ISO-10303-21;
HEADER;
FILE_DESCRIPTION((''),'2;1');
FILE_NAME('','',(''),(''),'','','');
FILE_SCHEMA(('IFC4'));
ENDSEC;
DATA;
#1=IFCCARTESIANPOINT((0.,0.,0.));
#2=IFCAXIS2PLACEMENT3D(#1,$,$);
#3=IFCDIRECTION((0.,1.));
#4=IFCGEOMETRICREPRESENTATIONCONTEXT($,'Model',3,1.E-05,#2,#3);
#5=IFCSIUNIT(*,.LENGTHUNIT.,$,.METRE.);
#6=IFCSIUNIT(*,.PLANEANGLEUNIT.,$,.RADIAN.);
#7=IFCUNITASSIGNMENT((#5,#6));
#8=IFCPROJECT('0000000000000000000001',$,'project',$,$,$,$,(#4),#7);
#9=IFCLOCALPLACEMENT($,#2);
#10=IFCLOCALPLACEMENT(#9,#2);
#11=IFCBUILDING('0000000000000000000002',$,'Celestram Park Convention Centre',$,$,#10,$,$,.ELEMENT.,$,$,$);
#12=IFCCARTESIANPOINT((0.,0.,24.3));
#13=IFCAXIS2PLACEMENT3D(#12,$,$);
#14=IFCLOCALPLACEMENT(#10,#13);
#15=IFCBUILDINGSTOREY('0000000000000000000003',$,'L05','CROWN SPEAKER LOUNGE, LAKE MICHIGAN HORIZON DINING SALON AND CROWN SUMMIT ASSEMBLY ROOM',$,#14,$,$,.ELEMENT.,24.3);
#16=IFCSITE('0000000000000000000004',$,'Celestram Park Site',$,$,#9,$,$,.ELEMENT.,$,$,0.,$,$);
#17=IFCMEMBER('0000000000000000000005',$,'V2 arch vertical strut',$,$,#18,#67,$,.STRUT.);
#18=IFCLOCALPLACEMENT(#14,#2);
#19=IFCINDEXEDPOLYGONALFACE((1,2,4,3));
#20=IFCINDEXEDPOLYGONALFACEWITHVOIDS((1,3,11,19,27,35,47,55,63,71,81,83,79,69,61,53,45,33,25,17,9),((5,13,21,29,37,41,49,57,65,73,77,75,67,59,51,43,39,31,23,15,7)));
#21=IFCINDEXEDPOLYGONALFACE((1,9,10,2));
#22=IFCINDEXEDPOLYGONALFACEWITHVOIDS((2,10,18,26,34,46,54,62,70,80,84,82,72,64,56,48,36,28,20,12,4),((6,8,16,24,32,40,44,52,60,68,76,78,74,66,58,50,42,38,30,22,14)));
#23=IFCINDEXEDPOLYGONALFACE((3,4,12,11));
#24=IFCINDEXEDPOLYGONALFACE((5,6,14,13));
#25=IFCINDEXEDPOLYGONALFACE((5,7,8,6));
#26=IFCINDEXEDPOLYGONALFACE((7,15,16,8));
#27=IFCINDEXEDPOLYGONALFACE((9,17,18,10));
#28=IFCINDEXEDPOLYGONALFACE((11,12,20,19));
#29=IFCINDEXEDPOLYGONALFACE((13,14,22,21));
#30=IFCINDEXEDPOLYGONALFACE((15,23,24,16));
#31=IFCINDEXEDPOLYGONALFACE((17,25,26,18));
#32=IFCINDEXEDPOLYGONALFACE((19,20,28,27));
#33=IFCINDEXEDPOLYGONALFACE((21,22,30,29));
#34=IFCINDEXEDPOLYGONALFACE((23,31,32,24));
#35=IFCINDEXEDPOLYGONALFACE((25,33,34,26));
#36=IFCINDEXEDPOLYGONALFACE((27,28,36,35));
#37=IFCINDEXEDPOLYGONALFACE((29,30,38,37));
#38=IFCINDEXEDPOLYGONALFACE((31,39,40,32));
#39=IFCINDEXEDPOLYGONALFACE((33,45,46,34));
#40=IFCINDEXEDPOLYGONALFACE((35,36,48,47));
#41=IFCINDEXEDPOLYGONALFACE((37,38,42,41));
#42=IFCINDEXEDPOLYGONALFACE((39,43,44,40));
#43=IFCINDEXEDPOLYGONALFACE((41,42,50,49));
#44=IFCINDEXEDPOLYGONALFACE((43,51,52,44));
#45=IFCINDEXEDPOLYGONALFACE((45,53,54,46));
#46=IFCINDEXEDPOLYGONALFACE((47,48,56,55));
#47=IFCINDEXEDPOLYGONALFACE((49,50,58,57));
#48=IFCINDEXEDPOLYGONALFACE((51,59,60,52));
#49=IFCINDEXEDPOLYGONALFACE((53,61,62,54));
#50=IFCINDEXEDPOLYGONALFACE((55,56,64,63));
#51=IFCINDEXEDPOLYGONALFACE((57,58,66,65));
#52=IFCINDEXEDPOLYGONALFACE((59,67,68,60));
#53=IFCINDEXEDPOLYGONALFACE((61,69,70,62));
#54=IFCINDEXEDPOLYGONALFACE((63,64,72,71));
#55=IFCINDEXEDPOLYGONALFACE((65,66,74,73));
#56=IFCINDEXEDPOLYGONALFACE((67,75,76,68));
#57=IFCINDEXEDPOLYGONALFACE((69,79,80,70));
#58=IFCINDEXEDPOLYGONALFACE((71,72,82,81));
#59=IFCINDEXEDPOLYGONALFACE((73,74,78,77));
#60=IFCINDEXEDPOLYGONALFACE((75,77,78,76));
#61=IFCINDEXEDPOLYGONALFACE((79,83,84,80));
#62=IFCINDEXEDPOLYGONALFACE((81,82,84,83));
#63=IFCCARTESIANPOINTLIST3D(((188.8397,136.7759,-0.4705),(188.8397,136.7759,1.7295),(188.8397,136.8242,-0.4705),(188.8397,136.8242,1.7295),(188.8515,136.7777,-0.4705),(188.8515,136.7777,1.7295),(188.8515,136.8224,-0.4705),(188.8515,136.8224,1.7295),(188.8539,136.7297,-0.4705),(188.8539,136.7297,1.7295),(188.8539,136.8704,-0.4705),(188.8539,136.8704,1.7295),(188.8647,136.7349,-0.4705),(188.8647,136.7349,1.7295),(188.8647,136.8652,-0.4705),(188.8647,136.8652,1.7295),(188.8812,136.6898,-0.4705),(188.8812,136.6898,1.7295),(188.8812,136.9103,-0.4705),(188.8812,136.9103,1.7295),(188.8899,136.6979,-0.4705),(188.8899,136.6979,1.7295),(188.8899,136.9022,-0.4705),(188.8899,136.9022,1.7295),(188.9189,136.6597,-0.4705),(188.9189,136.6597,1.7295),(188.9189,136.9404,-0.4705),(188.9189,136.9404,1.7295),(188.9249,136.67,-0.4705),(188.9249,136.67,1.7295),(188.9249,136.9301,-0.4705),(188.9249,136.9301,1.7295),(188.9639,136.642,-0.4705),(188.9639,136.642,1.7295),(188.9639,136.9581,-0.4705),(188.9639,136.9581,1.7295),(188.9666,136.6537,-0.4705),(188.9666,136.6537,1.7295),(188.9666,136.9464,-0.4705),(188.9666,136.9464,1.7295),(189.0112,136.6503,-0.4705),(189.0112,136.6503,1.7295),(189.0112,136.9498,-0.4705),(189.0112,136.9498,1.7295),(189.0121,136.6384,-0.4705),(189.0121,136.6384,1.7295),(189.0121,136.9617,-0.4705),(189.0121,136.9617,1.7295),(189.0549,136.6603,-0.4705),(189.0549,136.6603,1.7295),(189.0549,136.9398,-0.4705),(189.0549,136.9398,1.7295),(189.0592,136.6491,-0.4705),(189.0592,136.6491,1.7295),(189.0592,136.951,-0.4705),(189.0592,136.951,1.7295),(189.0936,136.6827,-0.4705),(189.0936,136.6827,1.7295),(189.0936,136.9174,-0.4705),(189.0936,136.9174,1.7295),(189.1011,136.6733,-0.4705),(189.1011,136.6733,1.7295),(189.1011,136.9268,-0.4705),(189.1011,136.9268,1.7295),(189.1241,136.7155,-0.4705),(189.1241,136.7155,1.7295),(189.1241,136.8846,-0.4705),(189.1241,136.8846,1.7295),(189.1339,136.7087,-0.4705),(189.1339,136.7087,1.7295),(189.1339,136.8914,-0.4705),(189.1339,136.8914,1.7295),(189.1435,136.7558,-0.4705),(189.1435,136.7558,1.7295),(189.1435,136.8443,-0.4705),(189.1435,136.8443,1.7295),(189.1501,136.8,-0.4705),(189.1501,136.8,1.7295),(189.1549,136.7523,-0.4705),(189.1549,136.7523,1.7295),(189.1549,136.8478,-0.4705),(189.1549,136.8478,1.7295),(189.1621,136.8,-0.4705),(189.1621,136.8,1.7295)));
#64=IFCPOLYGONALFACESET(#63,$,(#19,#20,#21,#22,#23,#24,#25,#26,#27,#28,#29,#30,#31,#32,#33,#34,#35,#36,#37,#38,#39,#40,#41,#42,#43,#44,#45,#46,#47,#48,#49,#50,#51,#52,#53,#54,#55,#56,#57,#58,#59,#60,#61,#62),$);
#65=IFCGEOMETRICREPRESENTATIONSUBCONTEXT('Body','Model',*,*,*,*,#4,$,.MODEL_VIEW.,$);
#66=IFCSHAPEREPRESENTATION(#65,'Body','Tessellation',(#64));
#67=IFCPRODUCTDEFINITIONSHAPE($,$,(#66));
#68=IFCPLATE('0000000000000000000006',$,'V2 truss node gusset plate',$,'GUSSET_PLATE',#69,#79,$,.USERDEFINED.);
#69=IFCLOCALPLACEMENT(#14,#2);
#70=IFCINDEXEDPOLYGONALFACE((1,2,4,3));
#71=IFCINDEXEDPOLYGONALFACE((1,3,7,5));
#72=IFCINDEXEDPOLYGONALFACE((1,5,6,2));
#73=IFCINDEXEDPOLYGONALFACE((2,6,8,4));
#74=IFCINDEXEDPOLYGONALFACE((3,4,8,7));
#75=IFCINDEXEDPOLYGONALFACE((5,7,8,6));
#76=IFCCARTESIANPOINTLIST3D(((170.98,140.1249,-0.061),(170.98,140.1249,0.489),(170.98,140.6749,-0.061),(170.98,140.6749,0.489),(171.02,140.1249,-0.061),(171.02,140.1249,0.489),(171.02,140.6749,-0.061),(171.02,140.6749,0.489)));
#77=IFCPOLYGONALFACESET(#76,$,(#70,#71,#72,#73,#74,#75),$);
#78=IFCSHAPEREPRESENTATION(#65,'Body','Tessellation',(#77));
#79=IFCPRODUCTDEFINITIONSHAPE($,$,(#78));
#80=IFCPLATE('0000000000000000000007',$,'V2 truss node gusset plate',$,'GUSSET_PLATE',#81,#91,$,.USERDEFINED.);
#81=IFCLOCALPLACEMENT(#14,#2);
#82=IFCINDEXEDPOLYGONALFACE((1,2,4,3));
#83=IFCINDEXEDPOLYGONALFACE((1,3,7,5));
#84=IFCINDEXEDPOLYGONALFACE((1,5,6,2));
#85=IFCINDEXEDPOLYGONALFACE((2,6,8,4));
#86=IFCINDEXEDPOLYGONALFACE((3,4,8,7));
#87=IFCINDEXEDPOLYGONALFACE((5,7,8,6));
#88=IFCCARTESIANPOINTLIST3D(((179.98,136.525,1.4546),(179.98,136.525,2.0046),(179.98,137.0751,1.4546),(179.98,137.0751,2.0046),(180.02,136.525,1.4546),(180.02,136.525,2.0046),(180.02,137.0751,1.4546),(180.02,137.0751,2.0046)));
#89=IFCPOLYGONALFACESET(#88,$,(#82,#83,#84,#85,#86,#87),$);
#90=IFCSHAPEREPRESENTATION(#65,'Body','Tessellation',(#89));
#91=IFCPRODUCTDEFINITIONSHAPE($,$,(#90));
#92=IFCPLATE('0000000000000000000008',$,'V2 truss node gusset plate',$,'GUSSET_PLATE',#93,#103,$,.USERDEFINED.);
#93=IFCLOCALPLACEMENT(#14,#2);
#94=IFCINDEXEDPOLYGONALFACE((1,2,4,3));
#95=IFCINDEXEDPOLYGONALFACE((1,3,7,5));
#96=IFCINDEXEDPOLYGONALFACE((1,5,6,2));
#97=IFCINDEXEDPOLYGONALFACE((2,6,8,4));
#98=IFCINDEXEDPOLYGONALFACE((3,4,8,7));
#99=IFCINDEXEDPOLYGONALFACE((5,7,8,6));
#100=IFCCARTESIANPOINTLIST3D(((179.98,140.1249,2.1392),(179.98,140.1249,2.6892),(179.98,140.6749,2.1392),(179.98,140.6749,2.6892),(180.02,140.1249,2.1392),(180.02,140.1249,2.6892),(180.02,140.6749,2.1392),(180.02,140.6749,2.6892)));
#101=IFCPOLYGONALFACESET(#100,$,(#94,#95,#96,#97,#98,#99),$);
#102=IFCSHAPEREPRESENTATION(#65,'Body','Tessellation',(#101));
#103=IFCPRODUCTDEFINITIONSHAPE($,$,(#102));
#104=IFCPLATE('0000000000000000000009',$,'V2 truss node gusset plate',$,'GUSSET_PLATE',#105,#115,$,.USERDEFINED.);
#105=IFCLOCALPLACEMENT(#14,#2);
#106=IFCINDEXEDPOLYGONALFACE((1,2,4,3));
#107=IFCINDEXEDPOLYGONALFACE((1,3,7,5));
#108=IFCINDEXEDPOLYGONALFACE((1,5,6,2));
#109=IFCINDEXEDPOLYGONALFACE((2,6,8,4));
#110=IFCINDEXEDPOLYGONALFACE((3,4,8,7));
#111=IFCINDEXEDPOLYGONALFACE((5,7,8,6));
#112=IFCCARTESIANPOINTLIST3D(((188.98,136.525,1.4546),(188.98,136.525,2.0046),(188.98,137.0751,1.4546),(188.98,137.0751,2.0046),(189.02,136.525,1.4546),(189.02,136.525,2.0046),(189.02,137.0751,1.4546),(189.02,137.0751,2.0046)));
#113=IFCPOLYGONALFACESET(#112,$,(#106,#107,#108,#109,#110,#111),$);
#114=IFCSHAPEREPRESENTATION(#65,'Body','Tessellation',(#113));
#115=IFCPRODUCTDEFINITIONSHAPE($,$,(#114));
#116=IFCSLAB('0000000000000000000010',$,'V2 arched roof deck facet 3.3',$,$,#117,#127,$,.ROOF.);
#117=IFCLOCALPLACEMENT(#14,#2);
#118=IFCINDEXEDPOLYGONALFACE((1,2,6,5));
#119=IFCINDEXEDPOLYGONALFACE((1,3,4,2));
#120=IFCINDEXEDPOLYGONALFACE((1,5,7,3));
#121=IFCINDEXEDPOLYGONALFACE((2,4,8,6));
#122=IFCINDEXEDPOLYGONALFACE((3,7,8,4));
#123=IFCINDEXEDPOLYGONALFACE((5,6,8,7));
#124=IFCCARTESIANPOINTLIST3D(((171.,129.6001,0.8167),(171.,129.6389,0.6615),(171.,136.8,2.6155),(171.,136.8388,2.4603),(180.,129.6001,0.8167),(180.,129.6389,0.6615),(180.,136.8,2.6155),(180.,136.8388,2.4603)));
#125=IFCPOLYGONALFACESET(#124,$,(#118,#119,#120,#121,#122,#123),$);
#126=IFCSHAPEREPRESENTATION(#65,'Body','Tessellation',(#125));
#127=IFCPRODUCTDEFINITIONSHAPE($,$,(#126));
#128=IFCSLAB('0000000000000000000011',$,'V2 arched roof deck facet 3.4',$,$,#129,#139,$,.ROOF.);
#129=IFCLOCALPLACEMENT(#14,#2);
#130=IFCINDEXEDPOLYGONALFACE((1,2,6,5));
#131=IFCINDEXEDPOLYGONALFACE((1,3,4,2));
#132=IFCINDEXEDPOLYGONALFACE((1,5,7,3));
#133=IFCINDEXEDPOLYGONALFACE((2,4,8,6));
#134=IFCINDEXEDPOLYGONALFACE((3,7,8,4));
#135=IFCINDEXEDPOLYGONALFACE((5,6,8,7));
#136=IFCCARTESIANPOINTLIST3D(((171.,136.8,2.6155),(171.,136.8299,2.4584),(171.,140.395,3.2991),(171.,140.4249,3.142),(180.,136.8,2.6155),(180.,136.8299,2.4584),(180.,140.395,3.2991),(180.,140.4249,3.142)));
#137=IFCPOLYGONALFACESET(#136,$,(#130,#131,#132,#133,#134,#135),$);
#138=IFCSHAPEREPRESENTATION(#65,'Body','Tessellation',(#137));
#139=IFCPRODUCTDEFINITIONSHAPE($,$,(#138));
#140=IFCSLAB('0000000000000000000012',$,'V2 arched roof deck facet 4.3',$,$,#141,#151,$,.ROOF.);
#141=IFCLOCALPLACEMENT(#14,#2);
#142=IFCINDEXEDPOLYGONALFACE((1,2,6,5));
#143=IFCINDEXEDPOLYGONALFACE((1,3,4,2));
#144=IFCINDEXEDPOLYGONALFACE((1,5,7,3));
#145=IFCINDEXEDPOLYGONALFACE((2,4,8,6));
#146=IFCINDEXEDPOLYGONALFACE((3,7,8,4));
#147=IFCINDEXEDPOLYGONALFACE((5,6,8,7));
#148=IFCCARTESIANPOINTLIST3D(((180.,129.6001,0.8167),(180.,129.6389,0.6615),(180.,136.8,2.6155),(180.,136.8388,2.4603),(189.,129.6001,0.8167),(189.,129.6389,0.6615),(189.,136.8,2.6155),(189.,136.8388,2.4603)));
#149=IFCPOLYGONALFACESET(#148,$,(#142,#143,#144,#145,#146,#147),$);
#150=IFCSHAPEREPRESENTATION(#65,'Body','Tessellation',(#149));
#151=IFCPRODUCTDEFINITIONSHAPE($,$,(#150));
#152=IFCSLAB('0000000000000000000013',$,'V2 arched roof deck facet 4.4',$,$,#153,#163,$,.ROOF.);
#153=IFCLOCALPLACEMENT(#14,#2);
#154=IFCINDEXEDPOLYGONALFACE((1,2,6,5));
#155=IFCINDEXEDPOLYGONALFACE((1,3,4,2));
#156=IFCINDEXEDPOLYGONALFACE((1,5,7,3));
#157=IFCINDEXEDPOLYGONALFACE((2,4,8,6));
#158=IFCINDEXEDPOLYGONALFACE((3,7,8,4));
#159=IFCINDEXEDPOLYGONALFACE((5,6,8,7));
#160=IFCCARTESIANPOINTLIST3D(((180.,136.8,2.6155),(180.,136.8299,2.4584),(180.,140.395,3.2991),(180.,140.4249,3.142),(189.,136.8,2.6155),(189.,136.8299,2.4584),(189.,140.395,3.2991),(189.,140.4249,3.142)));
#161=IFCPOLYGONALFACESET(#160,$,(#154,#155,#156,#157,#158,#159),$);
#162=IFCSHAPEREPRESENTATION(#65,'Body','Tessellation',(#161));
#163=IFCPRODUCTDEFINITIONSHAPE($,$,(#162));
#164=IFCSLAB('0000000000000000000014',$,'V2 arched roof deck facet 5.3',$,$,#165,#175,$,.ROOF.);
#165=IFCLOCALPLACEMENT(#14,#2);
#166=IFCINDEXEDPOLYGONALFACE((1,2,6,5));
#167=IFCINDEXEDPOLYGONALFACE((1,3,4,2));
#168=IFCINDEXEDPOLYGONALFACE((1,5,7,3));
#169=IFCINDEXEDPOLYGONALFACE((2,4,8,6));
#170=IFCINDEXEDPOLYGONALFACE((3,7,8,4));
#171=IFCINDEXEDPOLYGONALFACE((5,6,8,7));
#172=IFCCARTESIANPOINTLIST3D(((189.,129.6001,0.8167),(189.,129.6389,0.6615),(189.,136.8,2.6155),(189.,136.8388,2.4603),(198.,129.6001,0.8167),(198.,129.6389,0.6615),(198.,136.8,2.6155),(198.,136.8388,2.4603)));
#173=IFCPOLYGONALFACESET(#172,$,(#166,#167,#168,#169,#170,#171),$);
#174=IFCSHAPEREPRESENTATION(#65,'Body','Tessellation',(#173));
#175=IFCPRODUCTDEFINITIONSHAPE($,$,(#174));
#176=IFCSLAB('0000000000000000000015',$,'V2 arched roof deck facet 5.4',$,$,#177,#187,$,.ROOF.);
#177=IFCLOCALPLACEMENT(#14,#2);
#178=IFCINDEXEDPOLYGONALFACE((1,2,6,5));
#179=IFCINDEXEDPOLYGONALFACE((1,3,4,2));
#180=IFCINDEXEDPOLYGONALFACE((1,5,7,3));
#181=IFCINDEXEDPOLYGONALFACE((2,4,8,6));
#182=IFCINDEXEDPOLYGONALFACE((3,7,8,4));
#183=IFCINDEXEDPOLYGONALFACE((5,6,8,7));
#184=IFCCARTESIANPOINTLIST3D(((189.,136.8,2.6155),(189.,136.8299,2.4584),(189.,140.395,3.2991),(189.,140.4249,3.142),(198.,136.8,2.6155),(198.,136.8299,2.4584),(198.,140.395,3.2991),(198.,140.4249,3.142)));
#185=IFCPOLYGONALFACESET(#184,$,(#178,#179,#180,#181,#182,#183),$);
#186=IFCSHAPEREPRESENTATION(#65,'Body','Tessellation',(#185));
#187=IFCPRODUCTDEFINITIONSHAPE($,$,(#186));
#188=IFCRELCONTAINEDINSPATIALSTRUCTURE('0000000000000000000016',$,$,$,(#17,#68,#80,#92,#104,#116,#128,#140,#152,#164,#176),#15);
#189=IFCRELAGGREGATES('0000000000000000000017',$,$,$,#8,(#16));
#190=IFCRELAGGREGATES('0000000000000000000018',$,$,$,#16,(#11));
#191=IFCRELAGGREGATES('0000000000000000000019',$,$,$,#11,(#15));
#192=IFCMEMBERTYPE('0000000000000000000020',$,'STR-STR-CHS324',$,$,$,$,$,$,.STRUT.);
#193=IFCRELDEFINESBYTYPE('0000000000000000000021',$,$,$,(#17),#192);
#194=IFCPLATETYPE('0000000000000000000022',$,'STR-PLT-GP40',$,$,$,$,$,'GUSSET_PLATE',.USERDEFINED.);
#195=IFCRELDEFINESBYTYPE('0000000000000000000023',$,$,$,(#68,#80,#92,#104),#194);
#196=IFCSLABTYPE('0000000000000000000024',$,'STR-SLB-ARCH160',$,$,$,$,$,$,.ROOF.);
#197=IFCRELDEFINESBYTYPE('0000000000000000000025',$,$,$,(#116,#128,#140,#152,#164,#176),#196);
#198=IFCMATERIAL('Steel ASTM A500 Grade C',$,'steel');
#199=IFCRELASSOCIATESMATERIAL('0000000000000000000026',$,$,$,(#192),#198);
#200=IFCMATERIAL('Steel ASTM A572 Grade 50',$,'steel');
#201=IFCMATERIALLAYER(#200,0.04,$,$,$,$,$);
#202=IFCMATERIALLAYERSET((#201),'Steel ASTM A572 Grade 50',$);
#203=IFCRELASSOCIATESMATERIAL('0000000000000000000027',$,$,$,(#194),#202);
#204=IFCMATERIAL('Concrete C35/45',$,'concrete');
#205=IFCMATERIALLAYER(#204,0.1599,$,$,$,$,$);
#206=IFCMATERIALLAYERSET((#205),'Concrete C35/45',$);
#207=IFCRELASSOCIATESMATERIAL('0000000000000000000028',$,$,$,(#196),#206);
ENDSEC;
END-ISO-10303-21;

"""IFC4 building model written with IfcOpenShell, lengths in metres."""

from ifc_helpers import new_model, si_unit, direction, frame, origin, origin_2d, place, context, subcontext, project, spatial, polyline, rectangle, hollow_circle, outline, extrude, material, layer, layer_set, material_profile, profile_set, type_object, element, save


model = new_model("IFC4")

# Units and contexts
model_context = context("Model", 3, precision=1e-05, world=origin(), true_north=direction((0.0, 1.0)))
body_context = subcontext(model_context, "Body", "Model", "MODEL_VIEW")
ifc_project = project(units=[si_unit("LENGTHUNIT", "METRE"), si_unit("PLANEANGLEUNIT", "RADIAN")], contexts=[model_context])

# Site, building, storey
site_placement = place(None, origin())
site = spatial("IfcSite", under=ifc_project, at=site_placement, Name="Celestram Park Site", CompositionType="ELEMENT", RefElevation=0.0)
building_placement = place(site_placement, origin())
building = spatial("IfcBuilding", under=site, at=building_placement, Name="Celestram Park Convention Centre", CompositionType="ELEMENT")
storey_placement = place(building_placement, frame((0.0, 0.0, 24.3)))
storey = spatial("IfcBuildingStorey", under=building, at=storey_placement, Name="L05", Description="CROWN SPEAKER LOUNGE, LAKE MICHIGAN HORIZON DINING SALON AND CROWN SUMMIT ASSEMBLY ROOM", CompositionType="ELEMENT", Elevation=24.3)

# Member
ifc_material_1 = material(Name="Steel ASTM A500 Grade C", Category="steel")
ifc_material_profile_1 = material_profile(ifc_material_1, hollow_circle(Radius=0.1621, WallThickness=0.012, at=origin_2d()), Name="CHS324X12")
ifc_profile_set_1 = profile_set([ifc_material_profile_1], Name="Steel ASTM A500 Grade C")
member_type_1 = type_object("IfcMemberType", Name="STR-STR-CHS324", PredefinedType="STRUT", material=ifc_profile_set_1)
member_1_placement = place(storey_placement, frame((189.0, 136.8, -0.4705), z_axis=(0.0, 0.0, 1.0), x_axis=(1.0, 0.0, 0.0)))
element("IfcMember", 1, at=member_1_placement, inside=storey, type_object=member_type_1, Name="V2 arch vertical strut", PredefinedType="STRUT", context=body_context, shape_type="SweptSolid", body=[
    extrude(hollow_circle(Radius=0.1621, WallThickness=0.012, at=origin_2d()), origin(), (0.0, 0.0, 1.0), 2.2),
])

# Plates
ifc_material_2 = material(Name="Steel ASTM A572 Grade 50", Category="steel")
ifc_layer_1 = layer(ifc_material_2, 0.04)
ifc_layer_set_1 = layer_set([ifc_layer_1], Name="Steel ASTM A572 Grade 50")
plate_type = type_object("IfcPlateType", Name="STR-PLT-GP40", ElementType="GUSSET_PLATE", PredefinedType="USERDEFINED", material=ifc_layer_set_1)
for number, where, z_axis, x_axis, name in (
    (2, (171.0, 140.3999, -0.061), (0.0, 0.0, 1.0), (0.0, 1.0, 0.0), "V2 truss node gusset plate"),
    (3, (180.0, 136.8, 1.4546), (0.0, 0.0, 1.0), (0.0, 1.0, 0.0), "V2 truss node gusset plate"),
    (4, (180.0, 140.3999, 2.1392), (0.0, 0.0, 1.0), (0.0, 1.0, 0.0), "V2 truss node gusset plate"),
    (5, (189.0, 136.8, 1.4546), (0.0, 0.0, 1.0), (0.0, 1.0, 0.0), "V2 truss node gusset plate"),
):
    element("IfcPlate", number, at=place(storey_placement, frame(where, z_axis=z_axis, x_axis=x_axis)), inside=storey, type_object=plate_type, Name=name, ObjectType="GUSSET_PLATE", PredefinedType="USERDEFINED", context=body_context, shape_type="SweptSolid", body=[
        extrude(rectangle(XDim=0.55, YDim=0.04, at=origin_2d()), origin(), (0.0, 0.0, 1.0), 0.55),
    ])

# Slabs
ifc_material_3 = material(Name="Concrete C35/45", Category="concrete")
ifc_layer_2 = layer(ifc_material_3, 0.1599)
ifc_layer_set_2 = layer_set([ifc_layer_2], Name="Concrete C35/45")
slab_type = type_object("IfcSlabType", Name="STR-SLB-ARCH160", PredefinedType="ROOF", material=ifc_layer_set_2)
slab_1_placement = place(storey_placement, frame((171.0, 129.6001, 0.8167), z_axis=(0.0, -0.242389, 0.970179), x_axis=(1.0, 0.0, 0.0)))
element("IfcSlab", 6, at=slab_1_placement, inside=storey, type_object=slab_type, Name="V2 arched roof deck facet 3.3", PredefinedType="ROOF", context=body_context, shape_type="SweptSolid", body=[
    extrude(outline(polyline([(0.0, 0.0), (9.0, 0.0), (9.0, 7.4213), (0.0, 7.4213), (0.0, 0.0)])), origin(), (0.0, 0.0, -1.0), 0.1599),
])
slab_2_placement = place(storey_placement, frame((171.0, 136.8, 2.6155), z_axis=(0.0, -0.186806, 0.982397), x_axis=(1.0, 0.0, 0.0)))
element("IfcSlab", 7, at=slab_2_placement, inside=storey, type_object=slab_type, Name="V2 arched roof deck facet 3.4", PredefinedType="ROOF", context=body_context, shape_type="SweptSolid", body=[
    extrude(outline(polyline([(0.0, 0.0), (9.0, 0.0), (9.0, 3.6594), (0.0, 3.6594), (0.0, 0.0)])), origin(), (0.0, 0.0, -1.0), 0.1599),
])
slab_3_placement = place(storey_placement, frame((180.0, 129.6001, 0.8167), z_axis=(0.0, -0.242389, 0.970179), x_axis=(1.0, 0.0, 0.0)))
element("IfcSlab", 8, at=slab_3_placement, inside=storey, type_object=slab_type, Name="V2 arched roof deck facet 4.3", PredefinedType="ROOF", context=body_context, shape_type="SweptSolid", body=[
    extrude(outline(polyline([(0.0, 0.0), (9.0, 0.0), (9.0, 7.4213), (0.0, 7.4213), (0.0, 0.0)])), origin(), (0.0, 0.0, -1.0), 0.1599),
])
slab_4_placement = place(storey_placement, frame((180.0, 136.8, 2.6155), z_axis=(0.0, -0.186806, 0.982397), x_axis=(1.0, 0.0, 0.0)))
element("IfcSlab", 9, at=slab_4_placement, inside=storey, type_object=slab_type, Name="V2 arched roof deck facet 4.4", PredefinedType="ROOF", context=body_context, shape_type="SweptSolid", body=[
    extrude(outline(polyline([(0.0, 0.0), (9.0, 0.0), (9.0, 3.6594), (0.0, 3.6594), (0.0, 0.0)])), origin(), (0.0, 0.0, -1.0), 0.1599),
])
slab_5_placement = place(storey_placement, frame((189.0, 129.6001, 0.8167), z_axis=(0.0, -0.242389, 0.970179), x_axis=(1.0, 0.0, 0.0)))
element("IfcSlab", 10, at=slab_5_placement, inside=storey, type_object=slab_type, Name="V2 arched roof deck facet 5.3", PredefinedType="ROOF", context=body_context, shape_type="SweptSolid", body=[
    extrude(outline(polyline([(0.0, 0.0), (9.0, 0.0), (9.0, 7.4213), (0.0, 7.4213), (0.0, 0.0)])), origin(), (0.0, 0.0, -1.0), 0.1599),
])
slab_6_placement = place(storey_placement, frame((189.0, 136.8, 2.6155), z_axis=(0.0, -0.186806, 0.982397), x_axis=(1.0, 0.0, 0.0)))
element("IfcSlab", 11, at=slab_6_placement, inside=storey, type_object=slab_type, Name="V2 arched roof deck facet 5.4", PredefinedType="ROOF", context=body_context, shape_type="SweptSolid", body=[
    extrude(outline(polyline([(0.0, 0.0), (9.0, 0.0), (9.0, 3.6594), (0.0, 3.6594), (0.0, 0.0)])), origin(), (0.0, 0.0, -1.0), 0.1599),
])

save(model, "model.ifc")
